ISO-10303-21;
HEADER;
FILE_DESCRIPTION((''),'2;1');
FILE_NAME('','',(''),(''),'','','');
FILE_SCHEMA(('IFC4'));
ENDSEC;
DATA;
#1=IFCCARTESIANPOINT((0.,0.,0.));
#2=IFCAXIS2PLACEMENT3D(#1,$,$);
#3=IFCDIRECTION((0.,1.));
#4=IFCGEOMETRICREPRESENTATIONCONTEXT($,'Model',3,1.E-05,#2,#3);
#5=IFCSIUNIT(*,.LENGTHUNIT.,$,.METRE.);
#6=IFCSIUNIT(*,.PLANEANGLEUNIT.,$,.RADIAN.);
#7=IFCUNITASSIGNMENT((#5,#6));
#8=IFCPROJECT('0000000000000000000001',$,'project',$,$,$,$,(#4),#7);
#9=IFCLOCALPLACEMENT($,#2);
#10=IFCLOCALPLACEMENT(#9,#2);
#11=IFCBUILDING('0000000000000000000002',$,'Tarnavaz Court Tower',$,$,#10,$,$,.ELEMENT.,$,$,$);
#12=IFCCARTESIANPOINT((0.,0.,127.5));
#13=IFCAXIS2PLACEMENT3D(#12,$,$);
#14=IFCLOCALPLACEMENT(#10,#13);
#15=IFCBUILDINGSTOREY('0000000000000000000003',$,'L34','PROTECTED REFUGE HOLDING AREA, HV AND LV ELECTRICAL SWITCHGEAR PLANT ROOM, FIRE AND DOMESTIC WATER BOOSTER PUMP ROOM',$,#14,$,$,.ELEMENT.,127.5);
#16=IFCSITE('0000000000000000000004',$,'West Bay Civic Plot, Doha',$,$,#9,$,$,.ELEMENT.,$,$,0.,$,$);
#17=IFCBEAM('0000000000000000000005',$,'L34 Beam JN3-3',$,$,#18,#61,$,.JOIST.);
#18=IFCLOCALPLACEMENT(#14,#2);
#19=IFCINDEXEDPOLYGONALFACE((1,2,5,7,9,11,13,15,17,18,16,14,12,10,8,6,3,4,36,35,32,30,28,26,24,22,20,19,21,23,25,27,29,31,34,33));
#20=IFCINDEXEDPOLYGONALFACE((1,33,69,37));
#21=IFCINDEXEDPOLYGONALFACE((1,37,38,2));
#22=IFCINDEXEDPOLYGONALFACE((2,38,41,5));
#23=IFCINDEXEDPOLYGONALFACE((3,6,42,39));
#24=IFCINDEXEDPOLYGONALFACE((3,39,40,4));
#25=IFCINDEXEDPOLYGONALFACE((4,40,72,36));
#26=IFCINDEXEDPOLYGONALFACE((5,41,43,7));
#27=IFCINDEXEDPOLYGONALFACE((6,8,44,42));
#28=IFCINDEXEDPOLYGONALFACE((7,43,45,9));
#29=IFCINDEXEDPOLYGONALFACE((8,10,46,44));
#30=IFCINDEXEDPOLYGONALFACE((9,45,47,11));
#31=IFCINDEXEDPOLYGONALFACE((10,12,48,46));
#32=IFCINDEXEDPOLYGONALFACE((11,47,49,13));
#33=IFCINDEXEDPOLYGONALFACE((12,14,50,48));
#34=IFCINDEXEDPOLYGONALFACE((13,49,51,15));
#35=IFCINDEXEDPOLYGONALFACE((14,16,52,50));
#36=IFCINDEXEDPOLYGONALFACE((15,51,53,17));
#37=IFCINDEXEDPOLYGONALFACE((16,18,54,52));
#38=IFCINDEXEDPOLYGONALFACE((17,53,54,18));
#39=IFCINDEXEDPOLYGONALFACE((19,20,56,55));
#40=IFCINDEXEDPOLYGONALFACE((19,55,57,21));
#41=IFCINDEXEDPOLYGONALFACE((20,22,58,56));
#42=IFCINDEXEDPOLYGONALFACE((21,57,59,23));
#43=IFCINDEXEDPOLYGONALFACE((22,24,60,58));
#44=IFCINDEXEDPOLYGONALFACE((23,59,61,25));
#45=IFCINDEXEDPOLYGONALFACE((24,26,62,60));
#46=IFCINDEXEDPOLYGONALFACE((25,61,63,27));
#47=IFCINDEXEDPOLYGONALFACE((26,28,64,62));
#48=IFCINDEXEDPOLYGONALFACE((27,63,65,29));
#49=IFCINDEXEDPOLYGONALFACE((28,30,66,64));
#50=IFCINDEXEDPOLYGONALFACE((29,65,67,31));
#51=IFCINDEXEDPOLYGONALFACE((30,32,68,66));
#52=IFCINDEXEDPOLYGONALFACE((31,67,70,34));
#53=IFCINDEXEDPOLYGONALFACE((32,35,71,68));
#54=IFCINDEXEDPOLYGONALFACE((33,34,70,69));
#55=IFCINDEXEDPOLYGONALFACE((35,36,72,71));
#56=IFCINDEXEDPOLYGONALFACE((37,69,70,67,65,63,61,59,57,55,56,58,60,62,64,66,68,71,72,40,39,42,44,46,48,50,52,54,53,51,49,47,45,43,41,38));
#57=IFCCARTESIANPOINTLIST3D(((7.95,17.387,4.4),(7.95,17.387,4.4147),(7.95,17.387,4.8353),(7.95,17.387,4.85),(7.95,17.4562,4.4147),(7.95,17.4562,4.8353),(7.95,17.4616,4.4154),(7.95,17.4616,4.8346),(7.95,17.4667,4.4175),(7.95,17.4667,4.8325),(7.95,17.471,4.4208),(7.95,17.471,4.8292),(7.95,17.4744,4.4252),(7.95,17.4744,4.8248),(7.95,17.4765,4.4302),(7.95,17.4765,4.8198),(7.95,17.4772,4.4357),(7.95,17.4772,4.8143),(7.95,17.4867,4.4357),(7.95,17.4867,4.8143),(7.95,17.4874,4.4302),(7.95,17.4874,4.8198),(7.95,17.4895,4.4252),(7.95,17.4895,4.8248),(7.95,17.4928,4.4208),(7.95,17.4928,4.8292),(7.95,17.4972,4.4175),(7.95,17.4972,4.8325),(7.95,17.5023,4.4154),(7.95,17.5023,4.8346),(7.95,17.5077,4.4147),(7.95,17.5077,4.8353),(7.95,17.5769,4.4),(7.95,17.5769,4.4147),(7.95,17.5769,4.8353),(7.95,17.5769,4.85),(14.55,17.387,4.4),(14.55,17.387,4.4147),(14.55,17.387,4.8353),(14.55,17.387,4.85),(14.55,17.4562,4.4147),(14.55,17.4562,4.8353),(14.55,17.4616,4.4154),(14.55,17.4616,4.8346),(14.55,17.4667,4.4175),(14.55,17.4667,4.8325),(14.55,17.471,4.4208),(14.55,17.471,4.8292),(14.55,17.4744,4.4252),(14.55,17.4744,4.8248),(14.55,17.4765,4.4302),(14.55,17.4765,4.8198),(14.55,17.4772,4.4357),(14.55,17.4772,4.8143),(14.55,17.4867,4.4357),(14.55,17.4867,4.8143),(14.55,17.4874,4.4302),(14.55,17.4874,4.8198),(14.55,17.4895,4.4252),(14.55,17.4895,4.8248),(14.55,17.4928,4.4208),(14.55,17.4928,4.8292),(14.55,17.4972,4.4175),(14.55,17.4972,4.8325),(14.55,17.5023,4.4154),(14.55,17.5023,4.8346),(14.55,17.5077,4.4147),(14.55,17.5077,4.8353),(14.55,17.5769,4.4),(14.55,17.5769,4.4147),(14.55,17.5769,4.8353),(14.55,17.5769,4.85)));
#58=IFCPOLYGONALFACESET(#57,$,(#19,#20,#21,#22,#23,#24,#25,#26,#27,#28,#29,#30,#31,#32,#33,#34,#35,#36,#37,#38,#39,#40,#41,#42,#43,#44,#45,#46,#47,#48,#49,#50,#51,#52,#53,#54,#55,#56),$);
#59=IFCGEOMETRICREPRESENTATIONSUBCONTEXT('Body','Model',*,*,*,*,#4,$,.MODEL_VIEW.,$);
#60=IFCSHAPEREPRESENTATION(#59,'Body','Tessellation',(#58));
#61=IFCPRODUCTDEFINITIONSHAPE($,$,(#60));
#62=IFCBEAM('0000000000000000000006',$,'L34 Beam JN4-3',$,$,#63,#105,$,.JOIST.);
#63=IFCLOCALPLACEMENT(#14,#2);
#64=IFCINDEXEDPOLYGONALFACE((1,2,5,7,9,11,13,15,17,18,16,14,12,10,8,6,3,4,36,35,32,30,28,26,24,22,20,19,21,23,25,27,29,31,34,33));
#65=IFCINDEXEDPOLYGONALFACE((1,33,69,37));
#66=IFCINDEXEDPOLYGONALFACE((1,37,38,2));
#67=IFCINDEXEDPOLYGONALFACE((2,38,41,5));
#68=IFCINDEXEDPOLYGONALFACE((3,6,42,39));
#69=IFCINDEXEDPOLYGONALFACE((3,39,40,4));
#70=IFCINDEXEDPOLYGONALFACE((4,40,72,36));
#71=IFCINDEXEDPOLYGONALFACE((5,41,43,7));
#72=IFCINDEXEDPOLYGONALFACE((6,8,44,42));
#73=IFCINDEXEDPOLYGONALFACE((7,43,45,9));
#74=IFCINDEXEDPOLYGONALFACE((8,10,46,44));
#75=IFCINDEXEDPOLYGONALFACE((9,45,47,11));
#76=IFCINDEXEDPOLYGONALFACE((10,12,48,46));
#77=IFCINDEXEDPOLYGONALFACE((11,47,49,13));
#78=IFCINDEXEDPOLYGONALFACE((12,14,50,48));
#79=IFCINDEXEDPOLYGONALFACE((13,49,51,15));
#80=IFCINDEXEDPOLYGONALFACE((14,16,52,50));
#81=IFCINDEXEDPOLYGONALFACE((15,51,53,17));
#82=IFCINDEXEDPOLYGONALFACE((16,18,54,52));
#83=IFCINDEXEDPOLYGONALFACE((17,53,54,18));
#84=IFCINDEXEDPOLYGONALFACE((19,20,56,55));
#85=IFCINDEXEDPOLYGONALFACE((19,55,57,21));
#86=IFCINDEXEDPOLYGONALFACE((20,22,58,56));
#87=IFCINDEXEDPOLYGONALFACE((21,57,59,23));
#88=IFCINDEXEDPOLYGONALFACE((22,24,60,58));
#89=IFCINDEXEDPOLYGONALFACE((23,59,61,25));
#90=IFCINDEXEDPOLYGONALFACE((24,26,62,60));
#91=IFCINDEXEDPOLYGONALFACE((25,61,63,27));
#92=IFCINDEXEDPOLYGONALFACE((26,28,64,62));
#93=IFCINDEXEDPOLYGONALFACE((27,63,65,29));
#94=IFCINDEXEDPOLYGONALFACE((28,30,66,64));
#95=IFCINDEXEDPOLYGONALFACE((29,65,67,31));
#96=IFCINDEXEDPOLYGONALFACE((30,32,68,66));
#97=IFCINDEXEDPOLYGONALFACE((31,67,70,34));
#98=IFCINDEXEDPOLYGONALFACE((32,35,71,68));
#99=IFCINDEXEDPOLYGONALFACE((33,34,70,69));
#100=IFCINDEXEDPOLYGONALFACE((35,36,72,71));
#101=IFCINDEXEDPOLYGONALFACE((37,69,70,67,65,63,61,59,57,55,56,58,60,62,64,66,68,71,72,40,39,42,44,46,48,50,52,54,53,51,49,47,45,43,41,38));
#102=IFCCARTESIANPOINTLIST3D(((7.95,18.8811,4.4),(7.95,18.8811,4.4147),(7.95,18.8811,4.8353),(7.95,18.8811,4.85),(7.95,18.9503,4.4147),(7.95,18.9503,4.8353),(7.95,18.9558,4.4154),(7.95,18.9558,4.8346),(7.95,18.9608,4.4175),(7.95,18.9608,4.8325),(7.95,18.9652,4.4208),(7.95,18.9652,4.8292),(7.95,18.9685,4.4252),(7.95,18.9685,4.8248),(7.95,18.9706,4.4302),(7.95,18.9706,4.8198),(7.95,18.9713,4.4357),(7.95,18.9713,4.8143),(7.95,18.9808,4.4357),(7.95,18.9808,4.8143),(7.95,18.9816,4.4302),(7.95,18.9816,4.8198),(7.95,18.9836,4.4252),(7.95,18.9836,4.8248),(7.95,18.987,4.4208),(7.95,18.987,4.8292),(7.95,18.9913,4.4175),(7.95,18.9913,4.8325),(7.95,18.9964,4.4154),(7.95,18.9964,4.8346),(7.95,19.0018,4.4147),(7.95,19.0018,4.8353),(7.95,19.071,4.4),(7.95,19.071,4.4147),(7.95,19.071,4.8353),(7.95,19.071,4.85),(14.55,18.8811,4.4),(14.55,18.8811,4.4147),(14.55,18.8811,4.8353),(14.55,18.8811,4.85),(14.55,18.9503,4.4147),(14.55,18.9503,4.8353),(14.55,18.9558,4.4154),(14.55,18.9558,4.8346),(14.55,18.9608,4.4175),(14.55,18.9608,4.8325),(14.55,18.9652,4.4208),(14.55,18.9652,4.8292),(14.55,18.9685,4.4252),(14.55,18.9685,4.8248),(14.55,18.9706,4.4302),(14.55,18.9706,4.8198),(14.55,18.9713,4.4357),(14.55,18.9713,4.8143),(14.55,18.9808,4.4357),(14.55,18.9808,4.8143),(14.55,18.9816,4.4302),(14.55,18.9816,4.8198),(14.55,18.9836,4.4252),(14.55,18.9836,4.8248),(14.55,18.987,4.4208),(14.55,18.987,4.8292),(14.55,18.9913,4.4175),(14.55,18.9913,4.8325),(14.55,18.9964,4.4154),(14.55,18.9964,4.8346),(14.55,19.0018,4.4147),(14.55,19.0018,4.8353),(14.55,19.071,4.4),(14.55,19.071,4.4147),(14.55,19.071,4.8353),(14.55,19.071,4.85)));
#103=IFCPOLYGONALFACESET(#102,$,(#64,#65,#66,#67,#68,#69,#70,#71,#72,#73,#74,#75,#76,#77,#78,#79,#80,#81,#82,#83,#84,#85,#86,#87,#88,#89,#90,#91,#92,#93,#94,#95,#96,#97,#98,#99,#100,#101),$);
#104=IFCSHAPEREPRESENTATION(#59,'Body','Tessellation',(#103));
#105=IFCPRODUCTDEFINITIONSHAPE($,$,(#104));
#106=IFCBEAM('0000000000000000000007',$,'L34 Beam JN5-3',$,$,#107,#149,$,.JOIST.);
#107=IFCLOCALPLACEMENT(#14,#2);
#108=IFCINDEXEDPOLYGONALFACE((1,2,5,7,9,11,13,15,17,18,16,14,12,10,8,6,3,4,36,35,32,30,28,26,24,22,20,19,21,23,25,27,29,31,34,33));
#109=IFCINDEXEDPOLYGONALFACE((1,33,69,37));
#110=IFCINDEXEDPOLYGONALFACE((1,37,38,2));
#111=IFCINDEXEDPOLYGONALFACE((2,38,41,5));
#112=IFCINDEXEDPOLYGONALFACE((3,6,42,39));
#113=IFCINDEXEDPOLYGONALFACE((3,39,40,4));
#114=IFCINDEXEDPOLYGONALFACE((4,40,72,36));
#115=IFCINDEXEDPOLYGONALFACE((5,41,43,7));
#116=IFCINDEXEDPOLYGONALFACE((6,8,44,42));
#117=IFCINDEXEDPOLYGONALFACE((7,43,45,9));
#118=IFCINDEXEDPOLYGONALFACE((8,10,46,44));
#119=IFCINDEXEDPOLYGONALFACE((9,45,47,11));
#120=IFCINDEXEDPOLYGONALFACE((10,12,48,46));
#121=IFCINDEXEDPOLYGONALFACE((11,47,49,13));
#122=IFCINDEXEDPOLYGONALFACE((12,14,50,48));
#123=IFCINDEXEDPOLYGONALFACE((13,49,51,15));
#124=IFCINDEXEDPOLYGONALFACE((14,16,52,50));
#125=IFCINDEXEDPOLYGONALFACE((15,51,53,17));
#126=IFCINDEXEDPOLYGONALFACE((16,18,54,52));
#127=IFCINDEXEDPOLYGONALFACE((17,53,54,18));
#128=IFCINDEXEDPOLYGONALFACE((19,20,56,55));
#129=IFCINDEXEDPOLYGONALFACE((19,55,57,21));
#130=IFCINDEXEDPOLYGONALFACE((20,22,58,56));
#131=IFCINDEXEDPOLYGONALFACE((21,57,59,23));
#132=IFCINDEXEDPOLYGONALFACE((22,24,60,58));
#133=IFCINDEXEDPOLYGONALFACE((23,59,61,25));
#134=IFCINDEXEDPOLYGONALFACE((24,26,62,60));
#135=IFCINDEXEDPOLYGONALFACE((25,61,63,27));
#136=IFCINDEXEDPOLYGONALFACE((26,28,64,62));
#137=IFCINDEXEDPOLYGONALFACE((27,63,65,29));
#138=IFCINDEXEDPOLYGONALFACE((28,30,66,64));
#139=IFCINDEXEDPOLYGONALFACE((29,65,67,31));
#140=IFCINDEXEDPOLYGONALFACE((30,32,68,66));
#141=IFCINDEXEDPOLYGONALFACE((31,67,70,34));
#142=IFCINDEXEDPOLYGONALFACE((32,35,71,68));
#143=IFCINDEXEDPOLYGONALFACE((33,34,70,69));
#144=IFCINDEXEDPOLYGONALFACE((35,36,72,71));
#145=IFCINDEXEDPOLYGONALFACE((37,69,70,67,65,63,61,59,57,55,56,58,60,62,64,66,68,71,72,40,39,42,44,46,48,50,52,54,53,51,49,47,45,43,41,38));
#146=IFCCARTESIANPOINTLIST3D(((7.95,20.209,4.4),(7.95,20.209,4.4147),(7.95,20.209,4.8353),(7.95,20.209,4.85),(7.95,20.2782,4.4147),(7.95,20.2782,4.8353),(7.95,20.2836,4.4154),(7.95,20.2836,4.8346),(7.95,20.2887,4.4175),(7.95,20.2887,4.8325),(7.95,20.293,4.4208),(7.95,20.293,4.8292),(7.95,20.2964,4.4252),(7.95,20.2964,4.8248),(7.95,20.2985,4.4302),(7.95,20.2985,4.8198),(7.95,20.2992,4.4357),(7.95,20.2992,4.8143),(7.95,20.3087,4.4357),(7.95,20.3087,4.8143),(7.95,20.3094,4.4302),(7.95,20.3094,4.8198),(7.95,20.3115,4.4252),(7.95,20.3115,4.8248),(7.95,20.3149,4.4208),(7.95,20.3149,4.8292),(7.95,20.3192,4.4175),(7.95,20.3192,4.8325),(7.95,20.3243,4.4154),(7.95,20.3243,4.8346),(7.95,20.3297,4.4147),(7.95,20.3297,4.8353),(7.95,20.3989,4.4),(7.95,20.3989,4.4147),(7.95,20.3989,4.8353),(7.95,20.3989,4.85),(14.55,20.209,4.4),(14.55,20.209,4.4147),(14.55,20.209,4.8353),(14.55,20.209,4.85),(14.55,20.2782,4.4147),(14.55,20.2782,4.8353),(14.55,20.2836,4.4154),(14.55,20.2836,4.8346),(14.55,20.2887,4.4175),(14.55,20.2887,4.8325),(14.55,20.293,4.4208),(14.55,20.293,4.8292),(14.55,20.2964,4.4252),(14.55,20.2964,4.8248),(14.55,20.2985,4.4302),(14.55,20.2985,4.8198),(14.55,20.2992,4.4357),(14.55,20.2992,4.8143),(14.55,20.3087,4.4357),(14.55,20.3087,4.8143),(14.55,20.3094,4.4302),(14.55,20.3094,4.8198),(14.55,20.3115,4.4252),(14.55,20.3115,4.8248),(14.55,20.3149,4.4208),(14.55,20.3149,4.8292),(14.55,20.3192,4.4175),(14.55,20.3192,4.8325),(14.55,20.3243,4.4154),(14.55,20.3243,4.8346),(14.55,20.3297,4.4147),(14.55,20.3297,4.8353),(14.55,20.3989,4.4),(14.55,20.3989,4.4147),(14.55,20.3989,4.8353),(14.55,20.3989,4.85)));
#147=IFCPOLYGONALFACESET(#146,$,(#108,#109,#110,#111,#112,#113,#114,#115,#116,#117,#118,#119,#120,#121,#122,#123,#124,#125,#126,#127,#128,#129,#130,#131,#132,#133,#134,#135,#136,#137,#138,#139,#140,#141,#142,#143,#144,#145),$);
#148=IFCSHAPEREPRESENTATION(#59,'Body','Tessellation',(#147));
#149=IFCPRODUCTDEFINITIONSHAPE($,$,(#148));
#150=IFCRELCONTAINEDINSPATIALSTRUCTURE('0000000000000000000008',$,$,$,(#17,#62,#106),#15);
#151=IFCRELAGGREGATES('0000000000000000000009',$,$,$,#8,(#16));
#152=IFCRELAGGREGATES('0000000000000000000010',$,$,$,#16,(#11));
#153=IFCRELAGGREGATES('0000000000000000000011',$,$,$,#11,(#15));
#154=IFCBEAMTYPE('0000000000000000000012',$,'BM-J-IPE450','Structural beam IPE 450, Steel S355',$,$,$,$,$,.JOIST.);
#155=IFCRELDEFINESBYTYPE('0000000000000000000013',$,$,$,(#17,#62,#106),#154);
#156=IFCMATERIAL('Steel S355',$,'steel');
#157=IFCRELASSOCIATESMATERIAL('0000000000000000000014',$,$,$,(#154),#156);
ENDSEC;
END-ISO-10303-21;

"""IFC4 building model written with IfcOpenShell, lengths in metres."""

from ifc_helpers import new_model, si_unit, direction, frame, origin, origin_2d, place, context, subcontext, project, spatial, i_section, extrude, material, material_profile, profile_set, type_object, element, save


model = new_model("IFC4")

# Units and contexts
model_context = context("Model", 3, precision=1e-05, world=origin(), true_north=direction((0.0, 1.0)))
body_context = subcontext(model_context, "Body", "Model", "MODEL_VIEW")
ifc_project = project(units=[si_unit("LENGTHUNIT", "METRE"), si_unit("PLANEANGLEUNIT", "RADIAN")], contexts=[model_context])

# Site, building, storey
site_placement = place(None, origin())
site = spatial("IfcSite", under=ifc_project, at=site_placement, Name="West Bay Civic Plot, Doha", CompositionType="ELEMENT", RefElevation=0.0)
building_placement = place(site_placement, origin())
building = spatial("IfcBuilding", under=site, at=building_placement, Name="Tarnavaz Court Tower", CompositionType="ELEMENT")
storey_placement = place(building_placement, frame((0.0, 0.0, 127.5)))
storey = spatial("IfcBuildingStorey", under=building, at=storey_placement, Name="L34", Description="PROTECTED REFUGE HOLDING AREA, HV AND LV ELECTRICAL SWITCHGEAR PLANT ROOM, FIRE AND DOMESTIC WATER BOOSTER PUMP ROOM", CompositionType="ELEMENT", Elevation=127.5)

# Beams
ifc_material_1 = material(Name="Steel S355", Category="steel")
ifc_material_profile_1 = material_profile(ifc_material_1, i_section(OverallWidth=0.1899, OverallDepth=0.45, WebThickness=0.0095, FlangeThickness=0.0146, FilletRadius=0.021, at=origin_2d()), Name="IPE 450")
ifc_profile_set_1 = profile_set([ifc_material_profile_1], Name="Steel S355")
beam_type_1 = type_object("IfcBeamType", Name="BM-J-IPE450", Description="Structural beam IPE 450, Steel S355", PredefinedType="JOIST", material=ifc_profile_set_1)
for number, where, z_axis, x_axis, name in (
    (1, (7.95, 17.4819, 4.625), (1.0, 0.0, 0.0), (0.0, 1.0, 0.0), "L34 Beam JN3-3"),
    (2, (7.95, 18.9761, 4.625), (1.0, 0.0, 0.0), (0.0, 1.0, 0.0), "L34 Beam JN4-3"),
    (3, (7.95, 20.304, 4.625), (1.0, 0.0, 0.0), (0.0, 1.0, 0.0), "L34 Beam JN5-3"),
):
    element("IfcBeam", number, at=place(storey_placement, frame(where, z_axis=z_axis, x_axis=x_axis)), inside=storey, type_object=beam_type_1, Name=name, PredefinedType="JOIST", context=body_context, shape_type="SweptSolid", body=[
        extrude(i_section(OverallWidth=0.1899, OverallDepth=0.45, WebThickness=0.0095, FlangeThickness=0.0146, FilletRadius=0.021, at=origin_2d()), origin(), (0.0, 0.0, 1.0), 6.6001),
    ])

save(model, "model.ifc")
